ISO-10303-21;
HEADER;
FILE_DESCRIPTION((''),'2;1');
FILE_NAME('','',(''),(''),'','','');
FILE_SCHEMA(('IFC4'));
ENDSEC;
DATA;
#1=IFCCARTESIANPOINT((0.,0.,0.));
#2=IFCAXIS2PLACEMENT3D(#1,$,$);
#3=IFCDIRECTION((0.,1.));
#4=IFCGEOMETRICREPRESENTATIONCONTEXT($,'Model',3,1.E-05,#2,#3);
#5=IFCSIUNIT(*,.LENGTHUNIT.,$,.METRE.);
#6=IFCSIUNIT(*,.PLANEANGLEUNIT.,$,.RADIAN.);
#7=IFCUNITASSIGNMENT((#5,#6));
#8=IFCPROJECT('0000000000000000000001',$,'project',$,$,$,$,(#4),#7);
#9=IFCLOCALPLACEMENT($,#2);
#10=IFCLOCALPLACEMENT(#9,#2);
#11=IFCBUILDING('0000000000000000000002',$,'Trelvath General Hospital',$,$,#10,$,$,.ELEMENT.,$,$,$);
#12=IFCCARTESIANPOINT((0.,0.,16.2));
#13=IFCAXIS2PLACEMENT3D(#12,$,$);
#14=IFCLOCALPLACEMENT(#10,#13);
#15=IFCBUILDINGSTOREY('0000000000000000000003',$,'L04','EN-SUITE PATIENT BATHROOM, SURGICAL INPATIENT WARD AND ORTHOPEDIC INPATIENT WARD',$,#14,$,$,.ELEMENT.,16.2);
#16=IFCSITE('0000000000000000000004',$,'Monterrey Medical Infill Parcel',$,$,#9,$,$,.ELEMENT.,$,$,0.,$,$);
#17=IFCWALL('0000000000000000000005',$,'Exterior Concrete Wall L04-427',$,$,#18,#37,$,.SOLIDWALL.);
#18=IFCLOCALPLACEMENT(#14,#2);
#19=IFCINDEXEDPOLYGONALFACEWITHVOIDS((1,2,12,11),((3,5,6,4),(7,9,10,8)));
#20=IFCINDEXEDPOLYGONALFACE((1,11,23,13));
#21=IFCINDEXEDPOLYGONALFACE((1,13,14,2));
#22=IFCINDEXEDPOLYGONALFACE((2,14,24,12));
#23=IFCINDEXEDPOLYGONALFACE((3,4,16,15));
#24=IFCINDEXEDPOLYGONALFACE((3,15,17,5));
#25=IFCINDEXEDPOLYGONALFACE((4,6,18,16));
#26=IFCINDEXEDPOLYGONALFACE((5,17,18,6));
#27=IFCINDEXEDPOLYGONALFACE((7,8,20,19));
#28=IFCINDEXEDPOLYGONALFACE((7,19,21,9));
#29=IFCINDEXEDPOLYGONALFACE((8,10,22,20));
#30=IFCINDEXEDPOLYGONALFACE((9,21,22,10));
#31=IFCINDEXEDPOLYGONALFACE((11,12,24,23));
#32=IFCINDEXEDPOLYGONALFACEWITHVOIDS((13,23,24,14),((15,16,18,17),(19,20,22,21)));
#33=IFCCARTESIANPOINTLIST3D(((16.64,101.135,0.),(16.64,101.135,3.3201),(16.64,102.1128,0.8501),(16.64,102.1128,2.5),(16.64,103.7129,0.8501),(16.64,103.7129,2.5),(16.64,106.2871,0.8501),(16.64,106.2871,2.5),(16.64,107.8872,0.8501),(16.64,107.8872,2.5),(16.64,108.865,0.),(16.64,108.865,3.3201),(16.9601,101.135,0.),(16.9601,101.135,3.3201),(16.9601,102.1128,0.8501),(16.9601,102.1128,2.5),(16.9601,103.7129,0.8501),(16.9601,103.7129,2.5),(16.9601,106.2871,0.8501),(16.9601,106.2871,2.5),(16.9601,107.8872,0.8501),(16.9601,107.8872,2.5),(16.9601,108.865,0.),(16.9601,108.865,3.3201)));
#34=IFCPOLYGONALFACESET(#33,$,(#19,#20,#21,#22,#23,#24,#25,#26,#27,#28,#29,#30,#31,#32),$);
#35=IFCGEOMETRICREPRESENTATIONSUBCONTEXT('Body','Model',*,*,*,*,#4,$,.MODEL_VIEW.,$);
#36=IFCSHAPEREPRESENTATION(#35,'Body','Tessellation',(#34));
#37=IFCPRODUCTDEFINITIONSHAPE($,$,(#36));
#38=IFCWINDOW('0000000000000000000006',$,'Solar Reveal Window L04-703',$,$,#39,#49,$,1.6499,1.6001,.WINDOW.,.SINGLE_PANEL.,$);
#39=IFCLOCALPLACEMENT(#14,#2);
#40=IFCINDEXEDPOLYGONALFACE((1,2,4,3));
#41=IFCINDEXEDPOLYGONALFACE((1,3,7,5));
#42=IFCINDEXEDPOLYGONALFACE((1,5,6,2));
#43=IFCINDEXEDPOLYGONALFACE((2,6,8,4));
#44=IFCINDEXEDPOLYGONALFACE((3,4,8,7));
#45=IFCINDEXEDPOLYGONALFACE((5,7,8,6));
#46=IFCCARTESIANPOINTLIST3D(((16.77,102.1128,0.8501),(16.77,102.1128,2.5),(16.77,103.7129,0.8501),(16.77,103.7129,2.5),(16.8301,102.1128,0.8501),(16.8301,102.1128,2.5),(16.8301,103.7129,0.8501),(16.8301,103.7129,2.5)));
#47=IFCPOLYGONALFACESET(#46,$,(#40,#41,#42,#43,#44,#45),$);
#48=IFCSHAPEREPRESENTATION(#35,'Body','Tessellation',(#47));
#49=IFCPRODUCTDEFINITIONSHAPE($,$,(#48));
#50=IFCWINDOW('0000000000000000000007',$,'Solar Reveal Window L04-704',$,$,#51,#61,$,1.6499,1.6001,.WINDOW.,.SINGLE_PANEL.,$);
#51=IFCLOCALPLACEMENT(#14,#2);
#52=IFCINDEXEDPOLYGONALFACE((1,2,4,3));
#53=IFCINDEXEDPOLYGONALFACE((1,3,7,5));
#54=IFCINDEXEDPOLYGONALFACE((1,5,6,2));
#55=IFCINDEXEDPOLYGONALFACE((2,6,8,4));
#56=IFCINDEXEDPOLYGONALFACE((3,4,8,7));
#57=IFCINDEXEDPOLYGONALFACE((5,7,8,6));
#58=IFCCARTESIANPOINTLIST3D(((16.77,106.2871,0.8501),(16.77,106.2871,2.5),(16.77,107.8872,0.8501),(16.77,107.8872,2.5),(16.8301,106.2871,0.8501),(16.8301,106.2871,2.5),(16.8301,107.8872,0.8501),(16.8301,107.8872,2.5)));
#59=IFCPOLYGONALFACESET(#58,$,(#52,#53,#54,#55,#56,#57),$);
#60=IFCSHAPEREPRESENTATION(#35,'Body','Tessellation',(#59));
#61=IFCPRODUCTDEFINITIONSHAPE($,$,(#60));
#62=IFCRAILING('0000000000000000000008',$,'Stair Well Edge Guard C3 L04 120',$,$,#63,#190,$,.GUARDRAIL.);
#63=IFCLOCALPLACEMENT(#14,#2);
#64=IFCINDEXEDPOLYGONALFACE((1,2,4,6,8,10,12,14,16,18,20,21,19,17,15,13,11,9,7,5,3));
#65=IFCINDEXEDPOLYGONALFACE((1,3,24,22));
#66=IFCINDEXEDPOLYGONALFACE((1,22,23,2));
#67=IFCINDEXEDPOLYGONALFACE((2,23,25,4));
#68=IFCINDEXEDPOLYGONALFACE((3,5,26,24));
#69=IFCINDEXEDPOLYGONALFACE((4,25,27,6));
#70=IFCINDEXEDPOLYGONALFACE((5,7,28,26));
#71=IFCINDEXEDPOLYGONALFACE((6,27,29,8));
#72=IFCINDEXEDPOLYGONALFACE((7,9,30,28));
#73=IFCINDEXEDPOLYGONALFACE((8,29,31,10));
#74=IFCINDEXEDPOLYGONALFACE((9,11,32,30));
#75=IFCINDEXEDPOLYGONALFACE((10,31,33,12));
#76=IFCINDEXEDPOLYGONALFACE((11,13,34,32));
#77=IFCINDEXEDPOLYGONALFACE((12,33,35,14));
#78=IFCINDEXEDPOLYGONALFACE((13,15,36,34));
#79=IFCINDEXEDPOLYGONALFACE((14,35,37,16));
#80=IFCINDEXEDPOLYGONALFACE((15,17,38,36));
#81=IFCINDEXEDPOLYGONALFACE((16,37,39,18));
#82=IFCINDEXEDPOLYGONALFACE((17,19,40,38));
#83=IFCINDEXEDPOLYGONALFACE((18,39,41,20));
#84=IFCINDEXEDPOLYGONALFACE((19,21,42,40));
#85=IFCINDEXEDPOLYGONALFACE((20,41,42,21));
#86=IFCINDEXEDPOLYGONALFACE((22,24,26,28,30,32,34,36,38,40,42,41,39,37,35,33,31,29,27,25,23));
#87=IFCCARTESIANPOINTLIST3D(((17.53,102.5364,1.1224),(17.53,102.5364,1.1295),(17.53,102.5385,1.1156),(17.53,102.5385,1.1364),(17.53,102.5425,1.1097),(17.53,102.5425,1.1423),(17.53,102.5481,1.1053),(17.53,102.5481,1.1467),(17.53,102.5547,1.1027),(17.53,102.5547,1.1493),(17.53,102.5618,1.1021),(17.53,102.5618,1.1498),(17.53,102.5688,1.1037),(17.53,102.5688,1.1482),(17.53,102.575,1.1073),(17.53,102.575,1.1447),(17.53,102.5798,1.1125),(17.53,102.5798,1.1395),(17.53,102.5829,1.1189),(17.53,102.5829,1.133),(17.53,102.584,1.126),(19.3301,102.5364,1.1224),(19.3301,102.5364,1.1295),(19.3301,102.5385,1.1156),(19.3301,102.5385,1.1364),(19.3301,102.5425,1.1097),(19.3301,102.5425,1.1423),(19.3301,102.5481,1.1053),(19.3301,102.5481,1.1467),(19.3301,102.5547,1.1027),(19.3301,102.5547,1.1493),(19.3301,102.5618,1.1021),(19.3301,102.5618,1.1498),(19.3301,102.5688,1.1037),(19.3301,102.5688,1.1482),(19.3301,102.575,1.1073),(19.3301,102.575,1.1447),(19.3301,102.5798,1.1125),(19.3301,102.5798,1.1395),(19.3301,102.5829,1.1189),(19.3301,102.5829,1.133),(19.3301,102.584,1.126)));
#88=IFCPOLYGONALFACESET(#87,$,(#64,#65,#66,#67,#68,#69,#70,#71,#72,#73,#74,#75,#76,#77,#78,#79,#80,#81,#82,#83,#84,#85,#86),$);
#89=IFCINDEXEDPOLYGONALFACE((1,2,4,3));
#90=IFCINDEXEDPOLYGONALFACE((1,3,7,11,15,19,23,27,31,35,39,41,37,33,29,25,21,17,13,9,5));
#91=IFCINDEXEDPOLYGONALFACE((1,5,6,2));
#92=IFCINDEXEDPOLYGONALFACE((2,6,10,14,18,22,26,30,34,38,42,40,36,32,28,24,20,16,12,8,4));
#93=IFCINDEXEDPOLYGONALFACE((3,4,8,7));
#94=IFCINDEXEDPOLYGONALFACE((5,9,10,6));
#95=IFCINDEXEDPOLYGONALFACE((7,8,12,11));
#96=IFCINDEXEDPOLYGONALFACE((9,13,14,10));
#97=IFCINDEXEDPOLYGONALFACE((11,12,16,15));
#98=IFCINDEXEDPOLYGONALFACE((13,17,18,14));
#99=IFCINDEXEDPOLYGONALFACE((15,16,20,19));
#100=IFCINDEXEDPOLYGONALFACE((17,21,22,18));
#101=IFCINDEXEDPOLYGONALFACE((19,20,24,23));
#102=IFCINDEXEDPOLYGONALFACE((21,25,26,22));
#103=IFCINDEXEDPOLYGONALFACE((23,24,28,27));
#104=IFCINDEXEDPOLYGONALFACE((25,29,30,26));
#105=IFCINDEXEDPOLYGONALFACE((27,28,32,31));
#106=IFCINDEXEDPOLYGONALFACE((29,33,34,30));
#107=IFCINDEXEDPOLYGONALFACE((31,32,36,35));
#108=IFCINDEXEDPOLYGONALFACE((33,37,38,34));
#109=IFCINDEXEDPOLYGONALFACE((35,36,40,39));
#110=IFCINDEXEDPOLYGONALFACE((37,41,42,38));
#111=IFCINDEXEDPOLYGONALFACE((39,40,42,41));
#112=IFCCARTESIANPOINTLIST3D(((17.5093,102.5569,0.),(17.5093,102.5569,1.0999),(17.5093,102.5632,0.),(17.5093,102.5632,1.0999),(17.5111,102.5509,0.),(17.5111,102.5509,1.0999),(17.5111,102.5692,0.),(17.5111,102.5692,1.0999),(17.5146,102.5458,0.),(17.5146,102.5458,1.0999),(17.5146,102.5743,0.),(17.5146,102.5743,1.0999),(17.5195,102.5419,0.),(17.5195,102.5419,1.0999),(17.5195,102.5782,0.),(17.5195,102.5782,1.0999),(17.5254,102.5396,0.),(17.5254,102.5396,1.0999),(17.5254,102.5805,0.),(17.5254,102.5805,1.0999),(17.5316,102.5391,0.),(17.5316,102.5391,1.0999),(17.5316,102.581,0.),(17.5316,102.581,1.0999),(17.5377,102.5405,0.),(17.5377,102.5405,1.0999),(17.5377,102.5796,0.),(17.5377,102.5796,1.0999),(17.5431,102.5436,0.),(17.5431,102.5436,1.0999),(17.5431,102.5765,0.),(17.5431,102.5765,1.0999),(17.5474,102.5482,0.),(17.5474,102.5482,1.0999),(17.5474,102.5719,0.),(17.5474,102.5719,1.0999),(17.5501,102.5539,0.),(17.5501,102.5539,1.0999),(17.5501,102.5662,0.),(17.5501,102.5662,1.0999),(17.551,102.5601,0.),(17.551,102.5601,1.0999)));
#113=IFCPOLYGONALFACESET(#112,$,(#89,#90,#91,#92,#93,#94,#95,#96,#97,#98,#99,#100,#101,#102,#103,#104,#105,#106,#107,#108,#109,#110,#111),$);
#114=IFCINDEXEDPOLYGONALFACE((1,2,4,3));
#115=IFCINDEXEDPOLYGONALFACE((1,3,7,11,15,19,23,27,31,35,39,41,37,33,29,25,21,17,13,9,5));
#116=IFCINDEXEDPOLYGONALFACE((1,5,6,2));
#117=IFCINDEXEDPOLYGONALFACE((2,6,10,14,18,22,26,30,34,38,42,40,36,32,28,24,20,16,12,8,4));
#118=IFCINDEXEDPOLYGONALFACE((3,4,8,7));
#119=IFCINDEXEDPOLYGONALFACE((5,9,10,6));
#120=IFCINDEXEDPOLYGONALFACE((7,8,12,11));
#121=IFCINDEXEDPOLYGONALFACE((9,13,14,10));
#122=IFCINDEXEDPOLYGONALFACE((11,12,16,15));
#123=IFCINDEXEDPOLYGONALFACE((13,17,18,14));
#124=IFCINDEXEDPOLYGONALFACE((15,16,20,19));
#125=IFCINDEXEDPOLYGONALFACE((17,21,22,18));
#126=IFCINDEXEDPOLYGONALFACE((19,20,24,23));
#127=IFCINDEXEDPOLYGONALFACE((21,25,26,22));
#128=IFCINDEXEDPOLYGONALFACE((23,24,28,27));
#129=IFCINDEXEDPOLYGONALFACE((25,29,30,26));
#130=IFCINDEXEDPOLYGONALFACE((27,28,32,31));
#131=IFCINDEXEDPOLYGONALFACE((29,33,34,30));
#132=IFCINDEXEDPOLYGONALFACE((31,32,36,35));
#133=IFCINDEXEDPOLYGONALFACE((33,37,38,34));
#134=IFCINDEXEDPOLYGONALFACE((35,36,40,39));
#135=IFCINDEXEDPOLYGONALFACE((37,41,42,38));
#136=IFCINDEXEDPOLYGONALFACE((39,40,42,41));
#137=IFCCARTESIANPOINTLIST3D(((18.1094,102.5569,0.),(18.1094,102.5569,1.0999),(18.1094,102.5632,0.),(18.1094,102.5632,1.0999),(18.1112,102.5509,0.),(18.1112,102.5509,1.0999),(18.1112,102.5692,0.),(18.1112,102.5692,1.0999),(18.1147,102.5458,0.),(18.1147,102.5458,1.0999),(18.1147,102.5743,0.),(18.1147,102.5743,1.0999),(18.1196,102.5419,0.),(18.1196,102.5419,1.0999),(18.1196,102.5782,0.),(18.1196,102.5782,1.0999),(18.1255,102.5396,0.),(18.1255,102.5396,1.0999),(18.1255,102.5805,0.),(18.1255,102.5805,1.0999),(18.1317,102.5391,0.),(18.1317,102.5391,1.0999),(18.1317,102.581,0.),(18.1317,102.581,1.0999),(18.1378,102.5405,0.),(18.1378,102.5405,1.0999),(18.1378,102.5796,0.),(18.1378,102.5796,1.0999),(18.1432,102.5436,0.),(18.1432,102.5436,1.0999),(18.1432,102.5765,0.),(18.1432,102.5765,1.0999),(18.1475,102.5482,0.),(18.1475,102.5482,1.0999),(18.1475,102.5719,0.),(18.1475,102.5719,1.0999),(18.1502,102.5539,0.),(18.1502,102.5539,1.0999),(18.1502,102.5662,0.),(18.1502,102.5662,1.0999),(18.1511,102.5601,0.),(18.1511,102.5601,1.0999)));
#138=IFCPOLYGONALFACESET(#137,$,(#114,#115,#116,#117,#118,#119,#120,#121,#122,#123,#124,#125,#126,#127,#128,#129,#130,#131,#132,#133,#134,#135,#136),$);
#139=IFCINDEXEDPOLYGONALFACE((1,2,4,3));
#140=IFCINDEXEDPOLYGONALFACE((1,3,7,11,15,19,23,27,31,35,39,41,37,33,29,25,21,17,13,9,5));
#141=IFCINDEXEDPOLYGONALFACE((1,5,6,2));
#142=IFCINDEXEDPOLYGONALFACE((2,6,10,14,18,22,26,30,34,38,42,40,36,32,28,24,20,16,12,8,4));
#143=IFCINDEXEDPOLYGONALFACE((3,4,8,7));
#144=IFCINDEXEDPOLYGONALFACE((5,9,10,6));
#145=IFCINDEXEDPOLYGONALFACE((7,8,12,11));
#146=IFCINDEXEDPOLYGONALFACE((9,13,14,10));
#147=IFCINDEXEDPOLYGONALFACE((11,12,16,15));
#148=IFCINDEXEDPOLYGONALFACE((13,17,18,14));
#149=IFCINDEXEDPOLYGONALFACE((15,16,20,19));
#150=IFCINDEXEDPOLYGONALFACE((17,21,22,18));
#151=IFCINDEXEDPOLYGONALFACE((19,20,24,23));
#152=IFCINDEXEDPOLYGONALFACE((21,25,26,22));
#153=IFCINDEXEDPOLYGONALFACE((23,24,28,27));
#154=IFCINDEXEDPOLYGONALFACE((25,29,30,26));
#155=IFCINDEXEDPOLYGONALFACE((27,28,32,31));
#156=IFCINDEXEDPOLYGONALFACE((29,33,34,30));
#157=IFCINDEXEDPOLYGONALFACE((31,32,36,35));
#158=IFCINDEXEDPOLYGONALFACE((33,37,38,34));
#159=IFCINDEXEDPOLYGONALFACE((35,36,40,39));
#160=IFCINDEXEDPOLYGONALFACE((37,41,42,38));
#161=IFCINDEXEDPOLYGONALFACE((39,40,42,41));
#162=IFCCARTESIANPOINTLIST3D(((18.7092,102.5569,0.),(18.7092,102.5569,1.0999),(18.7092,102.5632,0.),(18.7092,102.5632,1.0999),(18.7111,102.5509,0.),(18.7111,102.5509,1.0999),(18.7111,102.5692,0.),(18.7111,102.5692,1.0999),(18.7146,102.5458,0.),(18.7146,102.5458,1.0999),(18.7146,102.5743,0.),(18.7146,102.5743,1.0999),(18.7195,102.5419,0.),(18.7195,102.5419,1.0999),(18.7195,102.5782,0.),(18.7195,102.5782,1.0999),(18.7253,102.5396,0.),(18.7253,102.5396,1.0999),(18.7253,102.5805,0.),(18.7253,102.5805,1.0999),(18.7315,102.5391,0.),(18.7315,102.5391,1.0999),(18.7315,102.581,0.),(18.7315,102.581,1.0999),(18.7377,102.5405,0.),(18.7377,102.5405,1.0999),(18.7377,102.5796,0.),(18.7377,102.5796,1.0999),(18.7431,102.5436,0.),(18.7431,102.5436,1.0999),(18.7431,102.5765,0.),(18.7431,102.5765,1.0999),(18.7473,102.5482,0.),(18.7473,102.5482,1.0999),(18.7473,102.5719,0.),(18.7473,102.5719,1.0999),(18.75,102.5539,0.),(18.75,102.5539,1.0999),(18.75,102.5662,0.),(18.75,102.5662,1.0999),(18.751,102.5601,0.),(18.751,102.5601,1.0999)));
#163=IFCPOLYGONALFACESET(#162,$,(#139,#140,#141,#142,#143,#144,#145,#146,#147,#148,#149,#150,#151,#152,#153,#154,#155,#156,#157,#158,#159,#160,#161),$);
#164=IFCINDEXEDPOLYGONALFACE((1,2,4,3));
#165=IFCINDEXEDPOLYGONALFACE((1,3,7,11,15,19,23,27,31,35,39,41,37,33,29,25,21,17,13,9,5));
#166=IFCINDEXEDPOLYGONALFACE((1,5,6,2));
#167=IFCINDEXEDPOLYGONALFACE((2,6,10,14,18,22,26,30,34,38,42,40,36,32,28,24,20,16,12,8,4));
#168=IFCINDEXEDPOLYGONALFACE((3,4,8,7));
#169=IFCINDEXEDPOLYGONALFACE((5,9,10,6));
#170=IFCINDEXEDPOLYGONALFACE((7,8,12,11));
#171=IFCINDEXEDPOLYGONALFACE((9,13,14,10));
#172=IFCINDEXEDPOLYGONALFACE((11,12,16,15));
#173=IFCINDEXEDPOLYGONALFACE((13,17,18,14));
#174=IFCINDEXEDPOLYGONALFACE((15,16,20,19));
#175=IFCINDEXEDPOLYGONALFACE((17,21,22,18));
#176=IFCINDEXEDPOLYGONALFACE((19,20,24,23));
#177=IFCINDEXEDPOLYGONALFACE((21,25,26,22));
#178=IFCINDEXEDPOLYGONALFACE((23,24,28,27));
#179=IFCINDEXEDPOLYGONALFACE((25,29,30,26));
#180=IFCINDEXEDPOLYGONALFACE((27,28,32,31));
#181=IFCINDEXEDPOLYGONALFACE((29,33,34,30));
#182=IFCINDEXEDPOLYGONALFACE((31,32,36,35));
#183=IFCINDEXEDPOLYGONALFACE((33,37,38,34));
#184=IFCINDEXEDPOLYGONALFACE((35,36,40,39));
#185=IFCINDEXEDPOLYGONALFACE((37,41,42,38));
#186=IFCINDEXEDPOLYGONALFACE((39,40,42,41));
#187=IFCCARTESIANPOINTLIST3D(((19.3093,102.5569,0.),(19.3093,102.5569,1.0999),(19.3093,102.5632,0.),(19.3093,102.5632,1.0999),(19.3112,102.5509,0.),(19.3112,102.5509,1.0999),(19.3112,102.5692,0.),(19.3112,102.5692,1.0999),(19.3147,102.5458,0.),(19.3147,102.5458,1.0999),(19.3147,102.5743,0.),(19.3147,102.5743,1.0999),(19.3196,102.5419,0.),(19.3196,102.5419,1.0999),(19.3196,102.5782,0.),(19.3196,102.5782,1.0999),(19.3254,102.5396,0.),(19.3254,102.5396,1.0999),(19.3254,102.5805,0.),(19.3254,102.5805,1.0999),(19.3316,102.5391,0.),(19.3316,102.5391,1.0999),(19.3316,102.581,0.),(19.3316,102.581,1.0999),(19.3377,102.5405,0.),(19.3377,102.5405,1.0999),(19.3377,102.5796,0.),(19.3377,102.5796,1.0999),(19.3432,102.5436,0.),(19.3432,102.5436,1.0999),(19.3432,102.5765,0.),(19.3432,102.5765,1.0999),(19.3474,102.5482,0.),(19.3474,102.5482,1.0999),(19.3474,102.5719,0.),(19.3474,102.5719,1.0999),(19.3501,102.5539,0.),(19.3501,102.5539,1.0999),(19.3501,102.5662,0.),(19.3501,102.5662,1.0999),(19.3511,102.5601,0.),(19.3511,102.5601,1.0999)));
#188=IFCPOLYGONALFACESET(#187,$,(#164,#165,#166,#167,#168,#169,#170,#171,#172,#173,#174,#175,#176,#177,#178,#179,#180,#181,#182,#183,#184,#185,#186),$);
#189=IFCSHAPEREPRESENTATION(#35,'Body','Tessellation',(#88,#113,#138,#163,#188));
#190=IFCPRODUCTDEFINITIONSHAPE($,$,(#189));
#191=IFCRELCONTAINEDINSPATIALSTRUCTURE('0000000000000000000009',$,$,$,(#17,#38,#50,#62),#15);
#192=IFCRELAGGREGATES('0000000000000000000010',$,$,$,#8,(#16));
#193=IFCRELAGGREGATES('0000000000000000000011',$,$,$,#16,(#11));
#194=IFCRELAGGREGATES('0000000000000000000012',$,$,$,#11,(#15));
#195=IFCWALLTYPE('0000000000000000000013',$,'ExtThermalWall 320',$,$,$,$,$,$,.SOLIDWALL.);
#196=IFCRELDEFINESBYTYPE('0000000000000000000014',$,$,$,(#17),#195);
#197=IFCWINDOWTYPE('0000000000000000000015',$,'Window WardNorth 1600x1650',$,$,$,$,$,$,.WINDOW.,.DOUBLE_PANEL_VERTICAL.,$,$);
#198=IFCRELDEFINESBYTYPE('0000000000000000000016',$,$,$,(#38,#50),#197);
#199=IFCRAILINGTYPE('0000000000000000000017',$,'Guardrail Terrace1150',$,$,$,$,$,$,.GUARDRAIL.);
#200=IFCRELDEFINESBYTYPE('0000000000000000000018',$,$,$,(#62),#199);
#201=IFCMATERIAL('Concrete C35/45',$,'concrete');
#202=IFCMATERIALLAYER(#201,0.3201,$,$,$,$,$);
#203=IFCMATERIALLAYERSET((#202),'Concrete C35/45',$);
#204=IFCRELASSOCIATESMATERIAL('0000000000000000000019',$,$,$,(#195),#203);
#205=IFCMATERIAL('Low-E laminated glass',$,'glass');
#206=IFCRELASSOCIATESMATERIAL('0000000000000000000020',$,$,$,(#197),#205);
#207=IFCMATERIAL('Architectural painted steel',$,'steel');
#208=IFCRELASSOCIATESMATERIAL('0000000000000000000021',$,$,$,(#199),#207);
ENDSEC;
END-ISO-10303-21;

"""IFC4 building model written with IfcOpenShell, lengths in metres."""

from ifc_helpers import new_model, si_unit, direction, frame, frame_2d, origin, origin_2d, place, context, subcontext, project, spatial, rectangle, circle, extrude, material, layer, layer_set, type_object, element, fill, save


model = new_model("IFC4")

# Units and contexts
model_context = context("Model", 3, precision=1e-05, world=origin(), true_north=direction((0.0, 1.0)))
body_context = subcontext(model_context, "Body", "Model", "MODEL_VIEW")
ifc_project = project(units=[si_unit("LENGTHUNIT", "METRE"), si_unit("PLANEANGLEUNIT", "RADIAN")], contexts=[model_context])

# Site, building, storey
site_placement = place(None, origin())
site = spatial("IfcSite", under=ifc_project, at=site_placement, Name="Monterrey Medical Infill Parcel", CompositionType="ELEMENT", RefElevation=0.0)
building_placement = place(site_placement, origin())
building = spatial("IfcBuilding", under=site, at=building_placement, Name="Trelvath General Hospital", CompositionType="ELEMENT")
storey_placement = place(building_placement, frame((0.0, 0.0, 16.2)))
storey = spatial("IfcBuildingStorey", under=building, at=storey_placement, Name="L04", Description="EN-SUITE PATIENT BATHROOM, SURGICAL INPATIENT WARD AND ORTHOPEDIC INPATIENT WARD", CompositionType="ELEMENT", Elevation=16.2)

# Wall, openings, windows
ifc_material_1 = material(Name="Concrete C35/45", Category="concrete")
ifc_layer_1 = layer(ifc_material_1, 0.3201)
ifc_layer_set_1 = layer_set([ifc_layer_1], Name="Concrete C35/45")
wall_type_1 = type_object("IfcWallType", Name="ExtThermalWall 320", PredefinedType="SOLIDWALL", material=ifc_layer_set_1)
wall_1_placement = place(storey_placement, frame((16.8, 101.135, 0.0), z_axis=(0.0, 0.0, 1.0), x_axis=(0.0, 1.0, 0.0)))
wall_1 = element("IfcWall", 1, at=wall_1_placement, inside=storey, type_object=wall_type_1, Name="Exterior Concrete Wall L04-427", PredefinedType="SOLIDWALL", context=body_context, shape_type="SweptSolid", body=[
    extrude(rectangle(XDim=7.73, YDim=0.3201, at=frame_2d((3.865, 0.0))), origin(), (0.0, 0.0, 1.0), 3.3201),
])
opening_1_placement = place(wall_1_placement, frame((0.9778, 0.0, 0.8501)))
opening_1 = element("IfcOpeningElement", 2, at=opening_1_placement, cuts=wall_1, PredefinedType="OPENING", context=body_context, shape_type="SweptSolid", body=[
    extrude(rectangle(XDim=1.6001, YDim=1.6499, at=frame_2d((0.8, 0.825))), frame((0.0, 0.1699, 0.0), z_axis=(0.0, -1.0, 0.0), x_axis=(1.0, 0.0, 0.0)), (0.0, 0.0, 1.0), 0.3401),
])
opening_2_placement = place(wall_1_placement, frame((5.1521, 0.0, 0.8501)))
opening_2 = element("IfcOpeningElement", 3, at=opening_2_placement, cuts=wall_1, PredefinedType="OPENING", context=body_context, shape_type="SweptSolid", body=[
    extrude(rectangle(XDim=1.6001, YDim=1.6499, at=frame_2d((0.8, 0.825))), frame((0.0, 0.1699, 0.0), z_axis=(0.0, -1.0, 0.0), x_axis=(1.0, 0.0, 0.0)), (0.0, 0.0, 1.0), 0.3401),
])
ifc_material_2 = material(Name="Low-E laminated glass", Category="glass")
window_type = type_object("IfcWindowType", Name="Window WardNorth 1600x1650", PartitioningType="DOUBLE_PANEL_VERTICAL", PredefinedType="WINDOW", material=ifc_material_2)
window_1_placement = place(opening_1_placement, origin())
window_1 = element("IfcWindow", 4, at=window_1_placement, inside=storey, type_object=window_type, Name="Solar Reveal Window L04-703", OverallHeight=1.6499, OverallWidth=1.6001, PartitioningType="SINGLE_PANEL", PredefinedType="WINDOW", context=body_context, shape_type="SweptSolid", body=[
    extrude(rectangle(XDim=1.6001, YDim=1.6499, at=frame_2d((0.8, 0.825))), frame((0.0, 0.03, 0.0), z_axis=(0.0, -1.0, 0.0), x_axis=(1.0, 0.0, 0.0)), (0.0, 0.0, 1.0), 0.0601),
])
fill(opening_1, window_1)
window_2_placement = place(opening_2_placement, origin())
window_2 = element("IfcWindow", 5, at=window_2_placement, inside=storey, type_object=window_type, Name="Solar Reveal Window L04-704", OverallHeight=1.6499, OverallWidth=1.6001, PartitioningType="SINGLE_PANEL", PredefinedType="WINDOW", context=body_context, shape_type="SweptSolid", body=[
    extrude(rectangle(XDim=1.6001, YDim=1.6499, at=frame_2d((0.8, 0.825))), frame((0.0, 0.03, 0.0), z_axis=(0.0, -1.0, 0.0), x_axis=(1.0, 0.0, 0.0)), (0.0, 0.0, 1.0), 0.0601),
])
fill(opening_2, window_2)

# Railing
ifc_material_3 = material(Name="Architectural painted steel", Category="steel")
railing_type = type_object("IfcRailingType", Name="Guardrail Terrace1150", PredefinedType="GUARDRAIL", material=ifc_material_3)
railing_placement = place(storey_placement, frame((17.53, 102.5601, 0.0)))
element("IfcRailing", 6, at=railing_placement, inside=storey, type_object=railing_type, Name="Stair Well Edge Guard C3 L04 120", PredefinedType="GUARDRAIL", context=body_context, shape_type="SweptSolid", body=[
    extrude(circle(Radius=0.0239, at=origin_2d()), frame((0.0, 0.0, 1.126), z_axis=(1.0, 0.0, 0.0), x_axis=(0.0, 1.0, 0.0)), (0.0, 0.0, 1.0), 1.8),
    extrude(circle(Radius=0.021, at=origin_2d()), origin(), (0.0, 0.0, 1.0), 1.0999),
    extrude(circle(Radius=0.021, at=origin_2d()), frame((0.6001, 0.0, 0.0)), (0.0, 0.0, 1.0), 1.0999),
    extrude(circle(Radius=0.021, at=origin_2d()), frame((1.2, 0.0, 0.0)), (0.0, 0.0, 1.0), 1.0999),
    extrude(circle(Radius=0.021, at=origin_2d()), frame((1.8, 0.0, 0.0)), (0.0, 0.0, 1.0), 1.0999),
])

save(model, "model.ifc")
